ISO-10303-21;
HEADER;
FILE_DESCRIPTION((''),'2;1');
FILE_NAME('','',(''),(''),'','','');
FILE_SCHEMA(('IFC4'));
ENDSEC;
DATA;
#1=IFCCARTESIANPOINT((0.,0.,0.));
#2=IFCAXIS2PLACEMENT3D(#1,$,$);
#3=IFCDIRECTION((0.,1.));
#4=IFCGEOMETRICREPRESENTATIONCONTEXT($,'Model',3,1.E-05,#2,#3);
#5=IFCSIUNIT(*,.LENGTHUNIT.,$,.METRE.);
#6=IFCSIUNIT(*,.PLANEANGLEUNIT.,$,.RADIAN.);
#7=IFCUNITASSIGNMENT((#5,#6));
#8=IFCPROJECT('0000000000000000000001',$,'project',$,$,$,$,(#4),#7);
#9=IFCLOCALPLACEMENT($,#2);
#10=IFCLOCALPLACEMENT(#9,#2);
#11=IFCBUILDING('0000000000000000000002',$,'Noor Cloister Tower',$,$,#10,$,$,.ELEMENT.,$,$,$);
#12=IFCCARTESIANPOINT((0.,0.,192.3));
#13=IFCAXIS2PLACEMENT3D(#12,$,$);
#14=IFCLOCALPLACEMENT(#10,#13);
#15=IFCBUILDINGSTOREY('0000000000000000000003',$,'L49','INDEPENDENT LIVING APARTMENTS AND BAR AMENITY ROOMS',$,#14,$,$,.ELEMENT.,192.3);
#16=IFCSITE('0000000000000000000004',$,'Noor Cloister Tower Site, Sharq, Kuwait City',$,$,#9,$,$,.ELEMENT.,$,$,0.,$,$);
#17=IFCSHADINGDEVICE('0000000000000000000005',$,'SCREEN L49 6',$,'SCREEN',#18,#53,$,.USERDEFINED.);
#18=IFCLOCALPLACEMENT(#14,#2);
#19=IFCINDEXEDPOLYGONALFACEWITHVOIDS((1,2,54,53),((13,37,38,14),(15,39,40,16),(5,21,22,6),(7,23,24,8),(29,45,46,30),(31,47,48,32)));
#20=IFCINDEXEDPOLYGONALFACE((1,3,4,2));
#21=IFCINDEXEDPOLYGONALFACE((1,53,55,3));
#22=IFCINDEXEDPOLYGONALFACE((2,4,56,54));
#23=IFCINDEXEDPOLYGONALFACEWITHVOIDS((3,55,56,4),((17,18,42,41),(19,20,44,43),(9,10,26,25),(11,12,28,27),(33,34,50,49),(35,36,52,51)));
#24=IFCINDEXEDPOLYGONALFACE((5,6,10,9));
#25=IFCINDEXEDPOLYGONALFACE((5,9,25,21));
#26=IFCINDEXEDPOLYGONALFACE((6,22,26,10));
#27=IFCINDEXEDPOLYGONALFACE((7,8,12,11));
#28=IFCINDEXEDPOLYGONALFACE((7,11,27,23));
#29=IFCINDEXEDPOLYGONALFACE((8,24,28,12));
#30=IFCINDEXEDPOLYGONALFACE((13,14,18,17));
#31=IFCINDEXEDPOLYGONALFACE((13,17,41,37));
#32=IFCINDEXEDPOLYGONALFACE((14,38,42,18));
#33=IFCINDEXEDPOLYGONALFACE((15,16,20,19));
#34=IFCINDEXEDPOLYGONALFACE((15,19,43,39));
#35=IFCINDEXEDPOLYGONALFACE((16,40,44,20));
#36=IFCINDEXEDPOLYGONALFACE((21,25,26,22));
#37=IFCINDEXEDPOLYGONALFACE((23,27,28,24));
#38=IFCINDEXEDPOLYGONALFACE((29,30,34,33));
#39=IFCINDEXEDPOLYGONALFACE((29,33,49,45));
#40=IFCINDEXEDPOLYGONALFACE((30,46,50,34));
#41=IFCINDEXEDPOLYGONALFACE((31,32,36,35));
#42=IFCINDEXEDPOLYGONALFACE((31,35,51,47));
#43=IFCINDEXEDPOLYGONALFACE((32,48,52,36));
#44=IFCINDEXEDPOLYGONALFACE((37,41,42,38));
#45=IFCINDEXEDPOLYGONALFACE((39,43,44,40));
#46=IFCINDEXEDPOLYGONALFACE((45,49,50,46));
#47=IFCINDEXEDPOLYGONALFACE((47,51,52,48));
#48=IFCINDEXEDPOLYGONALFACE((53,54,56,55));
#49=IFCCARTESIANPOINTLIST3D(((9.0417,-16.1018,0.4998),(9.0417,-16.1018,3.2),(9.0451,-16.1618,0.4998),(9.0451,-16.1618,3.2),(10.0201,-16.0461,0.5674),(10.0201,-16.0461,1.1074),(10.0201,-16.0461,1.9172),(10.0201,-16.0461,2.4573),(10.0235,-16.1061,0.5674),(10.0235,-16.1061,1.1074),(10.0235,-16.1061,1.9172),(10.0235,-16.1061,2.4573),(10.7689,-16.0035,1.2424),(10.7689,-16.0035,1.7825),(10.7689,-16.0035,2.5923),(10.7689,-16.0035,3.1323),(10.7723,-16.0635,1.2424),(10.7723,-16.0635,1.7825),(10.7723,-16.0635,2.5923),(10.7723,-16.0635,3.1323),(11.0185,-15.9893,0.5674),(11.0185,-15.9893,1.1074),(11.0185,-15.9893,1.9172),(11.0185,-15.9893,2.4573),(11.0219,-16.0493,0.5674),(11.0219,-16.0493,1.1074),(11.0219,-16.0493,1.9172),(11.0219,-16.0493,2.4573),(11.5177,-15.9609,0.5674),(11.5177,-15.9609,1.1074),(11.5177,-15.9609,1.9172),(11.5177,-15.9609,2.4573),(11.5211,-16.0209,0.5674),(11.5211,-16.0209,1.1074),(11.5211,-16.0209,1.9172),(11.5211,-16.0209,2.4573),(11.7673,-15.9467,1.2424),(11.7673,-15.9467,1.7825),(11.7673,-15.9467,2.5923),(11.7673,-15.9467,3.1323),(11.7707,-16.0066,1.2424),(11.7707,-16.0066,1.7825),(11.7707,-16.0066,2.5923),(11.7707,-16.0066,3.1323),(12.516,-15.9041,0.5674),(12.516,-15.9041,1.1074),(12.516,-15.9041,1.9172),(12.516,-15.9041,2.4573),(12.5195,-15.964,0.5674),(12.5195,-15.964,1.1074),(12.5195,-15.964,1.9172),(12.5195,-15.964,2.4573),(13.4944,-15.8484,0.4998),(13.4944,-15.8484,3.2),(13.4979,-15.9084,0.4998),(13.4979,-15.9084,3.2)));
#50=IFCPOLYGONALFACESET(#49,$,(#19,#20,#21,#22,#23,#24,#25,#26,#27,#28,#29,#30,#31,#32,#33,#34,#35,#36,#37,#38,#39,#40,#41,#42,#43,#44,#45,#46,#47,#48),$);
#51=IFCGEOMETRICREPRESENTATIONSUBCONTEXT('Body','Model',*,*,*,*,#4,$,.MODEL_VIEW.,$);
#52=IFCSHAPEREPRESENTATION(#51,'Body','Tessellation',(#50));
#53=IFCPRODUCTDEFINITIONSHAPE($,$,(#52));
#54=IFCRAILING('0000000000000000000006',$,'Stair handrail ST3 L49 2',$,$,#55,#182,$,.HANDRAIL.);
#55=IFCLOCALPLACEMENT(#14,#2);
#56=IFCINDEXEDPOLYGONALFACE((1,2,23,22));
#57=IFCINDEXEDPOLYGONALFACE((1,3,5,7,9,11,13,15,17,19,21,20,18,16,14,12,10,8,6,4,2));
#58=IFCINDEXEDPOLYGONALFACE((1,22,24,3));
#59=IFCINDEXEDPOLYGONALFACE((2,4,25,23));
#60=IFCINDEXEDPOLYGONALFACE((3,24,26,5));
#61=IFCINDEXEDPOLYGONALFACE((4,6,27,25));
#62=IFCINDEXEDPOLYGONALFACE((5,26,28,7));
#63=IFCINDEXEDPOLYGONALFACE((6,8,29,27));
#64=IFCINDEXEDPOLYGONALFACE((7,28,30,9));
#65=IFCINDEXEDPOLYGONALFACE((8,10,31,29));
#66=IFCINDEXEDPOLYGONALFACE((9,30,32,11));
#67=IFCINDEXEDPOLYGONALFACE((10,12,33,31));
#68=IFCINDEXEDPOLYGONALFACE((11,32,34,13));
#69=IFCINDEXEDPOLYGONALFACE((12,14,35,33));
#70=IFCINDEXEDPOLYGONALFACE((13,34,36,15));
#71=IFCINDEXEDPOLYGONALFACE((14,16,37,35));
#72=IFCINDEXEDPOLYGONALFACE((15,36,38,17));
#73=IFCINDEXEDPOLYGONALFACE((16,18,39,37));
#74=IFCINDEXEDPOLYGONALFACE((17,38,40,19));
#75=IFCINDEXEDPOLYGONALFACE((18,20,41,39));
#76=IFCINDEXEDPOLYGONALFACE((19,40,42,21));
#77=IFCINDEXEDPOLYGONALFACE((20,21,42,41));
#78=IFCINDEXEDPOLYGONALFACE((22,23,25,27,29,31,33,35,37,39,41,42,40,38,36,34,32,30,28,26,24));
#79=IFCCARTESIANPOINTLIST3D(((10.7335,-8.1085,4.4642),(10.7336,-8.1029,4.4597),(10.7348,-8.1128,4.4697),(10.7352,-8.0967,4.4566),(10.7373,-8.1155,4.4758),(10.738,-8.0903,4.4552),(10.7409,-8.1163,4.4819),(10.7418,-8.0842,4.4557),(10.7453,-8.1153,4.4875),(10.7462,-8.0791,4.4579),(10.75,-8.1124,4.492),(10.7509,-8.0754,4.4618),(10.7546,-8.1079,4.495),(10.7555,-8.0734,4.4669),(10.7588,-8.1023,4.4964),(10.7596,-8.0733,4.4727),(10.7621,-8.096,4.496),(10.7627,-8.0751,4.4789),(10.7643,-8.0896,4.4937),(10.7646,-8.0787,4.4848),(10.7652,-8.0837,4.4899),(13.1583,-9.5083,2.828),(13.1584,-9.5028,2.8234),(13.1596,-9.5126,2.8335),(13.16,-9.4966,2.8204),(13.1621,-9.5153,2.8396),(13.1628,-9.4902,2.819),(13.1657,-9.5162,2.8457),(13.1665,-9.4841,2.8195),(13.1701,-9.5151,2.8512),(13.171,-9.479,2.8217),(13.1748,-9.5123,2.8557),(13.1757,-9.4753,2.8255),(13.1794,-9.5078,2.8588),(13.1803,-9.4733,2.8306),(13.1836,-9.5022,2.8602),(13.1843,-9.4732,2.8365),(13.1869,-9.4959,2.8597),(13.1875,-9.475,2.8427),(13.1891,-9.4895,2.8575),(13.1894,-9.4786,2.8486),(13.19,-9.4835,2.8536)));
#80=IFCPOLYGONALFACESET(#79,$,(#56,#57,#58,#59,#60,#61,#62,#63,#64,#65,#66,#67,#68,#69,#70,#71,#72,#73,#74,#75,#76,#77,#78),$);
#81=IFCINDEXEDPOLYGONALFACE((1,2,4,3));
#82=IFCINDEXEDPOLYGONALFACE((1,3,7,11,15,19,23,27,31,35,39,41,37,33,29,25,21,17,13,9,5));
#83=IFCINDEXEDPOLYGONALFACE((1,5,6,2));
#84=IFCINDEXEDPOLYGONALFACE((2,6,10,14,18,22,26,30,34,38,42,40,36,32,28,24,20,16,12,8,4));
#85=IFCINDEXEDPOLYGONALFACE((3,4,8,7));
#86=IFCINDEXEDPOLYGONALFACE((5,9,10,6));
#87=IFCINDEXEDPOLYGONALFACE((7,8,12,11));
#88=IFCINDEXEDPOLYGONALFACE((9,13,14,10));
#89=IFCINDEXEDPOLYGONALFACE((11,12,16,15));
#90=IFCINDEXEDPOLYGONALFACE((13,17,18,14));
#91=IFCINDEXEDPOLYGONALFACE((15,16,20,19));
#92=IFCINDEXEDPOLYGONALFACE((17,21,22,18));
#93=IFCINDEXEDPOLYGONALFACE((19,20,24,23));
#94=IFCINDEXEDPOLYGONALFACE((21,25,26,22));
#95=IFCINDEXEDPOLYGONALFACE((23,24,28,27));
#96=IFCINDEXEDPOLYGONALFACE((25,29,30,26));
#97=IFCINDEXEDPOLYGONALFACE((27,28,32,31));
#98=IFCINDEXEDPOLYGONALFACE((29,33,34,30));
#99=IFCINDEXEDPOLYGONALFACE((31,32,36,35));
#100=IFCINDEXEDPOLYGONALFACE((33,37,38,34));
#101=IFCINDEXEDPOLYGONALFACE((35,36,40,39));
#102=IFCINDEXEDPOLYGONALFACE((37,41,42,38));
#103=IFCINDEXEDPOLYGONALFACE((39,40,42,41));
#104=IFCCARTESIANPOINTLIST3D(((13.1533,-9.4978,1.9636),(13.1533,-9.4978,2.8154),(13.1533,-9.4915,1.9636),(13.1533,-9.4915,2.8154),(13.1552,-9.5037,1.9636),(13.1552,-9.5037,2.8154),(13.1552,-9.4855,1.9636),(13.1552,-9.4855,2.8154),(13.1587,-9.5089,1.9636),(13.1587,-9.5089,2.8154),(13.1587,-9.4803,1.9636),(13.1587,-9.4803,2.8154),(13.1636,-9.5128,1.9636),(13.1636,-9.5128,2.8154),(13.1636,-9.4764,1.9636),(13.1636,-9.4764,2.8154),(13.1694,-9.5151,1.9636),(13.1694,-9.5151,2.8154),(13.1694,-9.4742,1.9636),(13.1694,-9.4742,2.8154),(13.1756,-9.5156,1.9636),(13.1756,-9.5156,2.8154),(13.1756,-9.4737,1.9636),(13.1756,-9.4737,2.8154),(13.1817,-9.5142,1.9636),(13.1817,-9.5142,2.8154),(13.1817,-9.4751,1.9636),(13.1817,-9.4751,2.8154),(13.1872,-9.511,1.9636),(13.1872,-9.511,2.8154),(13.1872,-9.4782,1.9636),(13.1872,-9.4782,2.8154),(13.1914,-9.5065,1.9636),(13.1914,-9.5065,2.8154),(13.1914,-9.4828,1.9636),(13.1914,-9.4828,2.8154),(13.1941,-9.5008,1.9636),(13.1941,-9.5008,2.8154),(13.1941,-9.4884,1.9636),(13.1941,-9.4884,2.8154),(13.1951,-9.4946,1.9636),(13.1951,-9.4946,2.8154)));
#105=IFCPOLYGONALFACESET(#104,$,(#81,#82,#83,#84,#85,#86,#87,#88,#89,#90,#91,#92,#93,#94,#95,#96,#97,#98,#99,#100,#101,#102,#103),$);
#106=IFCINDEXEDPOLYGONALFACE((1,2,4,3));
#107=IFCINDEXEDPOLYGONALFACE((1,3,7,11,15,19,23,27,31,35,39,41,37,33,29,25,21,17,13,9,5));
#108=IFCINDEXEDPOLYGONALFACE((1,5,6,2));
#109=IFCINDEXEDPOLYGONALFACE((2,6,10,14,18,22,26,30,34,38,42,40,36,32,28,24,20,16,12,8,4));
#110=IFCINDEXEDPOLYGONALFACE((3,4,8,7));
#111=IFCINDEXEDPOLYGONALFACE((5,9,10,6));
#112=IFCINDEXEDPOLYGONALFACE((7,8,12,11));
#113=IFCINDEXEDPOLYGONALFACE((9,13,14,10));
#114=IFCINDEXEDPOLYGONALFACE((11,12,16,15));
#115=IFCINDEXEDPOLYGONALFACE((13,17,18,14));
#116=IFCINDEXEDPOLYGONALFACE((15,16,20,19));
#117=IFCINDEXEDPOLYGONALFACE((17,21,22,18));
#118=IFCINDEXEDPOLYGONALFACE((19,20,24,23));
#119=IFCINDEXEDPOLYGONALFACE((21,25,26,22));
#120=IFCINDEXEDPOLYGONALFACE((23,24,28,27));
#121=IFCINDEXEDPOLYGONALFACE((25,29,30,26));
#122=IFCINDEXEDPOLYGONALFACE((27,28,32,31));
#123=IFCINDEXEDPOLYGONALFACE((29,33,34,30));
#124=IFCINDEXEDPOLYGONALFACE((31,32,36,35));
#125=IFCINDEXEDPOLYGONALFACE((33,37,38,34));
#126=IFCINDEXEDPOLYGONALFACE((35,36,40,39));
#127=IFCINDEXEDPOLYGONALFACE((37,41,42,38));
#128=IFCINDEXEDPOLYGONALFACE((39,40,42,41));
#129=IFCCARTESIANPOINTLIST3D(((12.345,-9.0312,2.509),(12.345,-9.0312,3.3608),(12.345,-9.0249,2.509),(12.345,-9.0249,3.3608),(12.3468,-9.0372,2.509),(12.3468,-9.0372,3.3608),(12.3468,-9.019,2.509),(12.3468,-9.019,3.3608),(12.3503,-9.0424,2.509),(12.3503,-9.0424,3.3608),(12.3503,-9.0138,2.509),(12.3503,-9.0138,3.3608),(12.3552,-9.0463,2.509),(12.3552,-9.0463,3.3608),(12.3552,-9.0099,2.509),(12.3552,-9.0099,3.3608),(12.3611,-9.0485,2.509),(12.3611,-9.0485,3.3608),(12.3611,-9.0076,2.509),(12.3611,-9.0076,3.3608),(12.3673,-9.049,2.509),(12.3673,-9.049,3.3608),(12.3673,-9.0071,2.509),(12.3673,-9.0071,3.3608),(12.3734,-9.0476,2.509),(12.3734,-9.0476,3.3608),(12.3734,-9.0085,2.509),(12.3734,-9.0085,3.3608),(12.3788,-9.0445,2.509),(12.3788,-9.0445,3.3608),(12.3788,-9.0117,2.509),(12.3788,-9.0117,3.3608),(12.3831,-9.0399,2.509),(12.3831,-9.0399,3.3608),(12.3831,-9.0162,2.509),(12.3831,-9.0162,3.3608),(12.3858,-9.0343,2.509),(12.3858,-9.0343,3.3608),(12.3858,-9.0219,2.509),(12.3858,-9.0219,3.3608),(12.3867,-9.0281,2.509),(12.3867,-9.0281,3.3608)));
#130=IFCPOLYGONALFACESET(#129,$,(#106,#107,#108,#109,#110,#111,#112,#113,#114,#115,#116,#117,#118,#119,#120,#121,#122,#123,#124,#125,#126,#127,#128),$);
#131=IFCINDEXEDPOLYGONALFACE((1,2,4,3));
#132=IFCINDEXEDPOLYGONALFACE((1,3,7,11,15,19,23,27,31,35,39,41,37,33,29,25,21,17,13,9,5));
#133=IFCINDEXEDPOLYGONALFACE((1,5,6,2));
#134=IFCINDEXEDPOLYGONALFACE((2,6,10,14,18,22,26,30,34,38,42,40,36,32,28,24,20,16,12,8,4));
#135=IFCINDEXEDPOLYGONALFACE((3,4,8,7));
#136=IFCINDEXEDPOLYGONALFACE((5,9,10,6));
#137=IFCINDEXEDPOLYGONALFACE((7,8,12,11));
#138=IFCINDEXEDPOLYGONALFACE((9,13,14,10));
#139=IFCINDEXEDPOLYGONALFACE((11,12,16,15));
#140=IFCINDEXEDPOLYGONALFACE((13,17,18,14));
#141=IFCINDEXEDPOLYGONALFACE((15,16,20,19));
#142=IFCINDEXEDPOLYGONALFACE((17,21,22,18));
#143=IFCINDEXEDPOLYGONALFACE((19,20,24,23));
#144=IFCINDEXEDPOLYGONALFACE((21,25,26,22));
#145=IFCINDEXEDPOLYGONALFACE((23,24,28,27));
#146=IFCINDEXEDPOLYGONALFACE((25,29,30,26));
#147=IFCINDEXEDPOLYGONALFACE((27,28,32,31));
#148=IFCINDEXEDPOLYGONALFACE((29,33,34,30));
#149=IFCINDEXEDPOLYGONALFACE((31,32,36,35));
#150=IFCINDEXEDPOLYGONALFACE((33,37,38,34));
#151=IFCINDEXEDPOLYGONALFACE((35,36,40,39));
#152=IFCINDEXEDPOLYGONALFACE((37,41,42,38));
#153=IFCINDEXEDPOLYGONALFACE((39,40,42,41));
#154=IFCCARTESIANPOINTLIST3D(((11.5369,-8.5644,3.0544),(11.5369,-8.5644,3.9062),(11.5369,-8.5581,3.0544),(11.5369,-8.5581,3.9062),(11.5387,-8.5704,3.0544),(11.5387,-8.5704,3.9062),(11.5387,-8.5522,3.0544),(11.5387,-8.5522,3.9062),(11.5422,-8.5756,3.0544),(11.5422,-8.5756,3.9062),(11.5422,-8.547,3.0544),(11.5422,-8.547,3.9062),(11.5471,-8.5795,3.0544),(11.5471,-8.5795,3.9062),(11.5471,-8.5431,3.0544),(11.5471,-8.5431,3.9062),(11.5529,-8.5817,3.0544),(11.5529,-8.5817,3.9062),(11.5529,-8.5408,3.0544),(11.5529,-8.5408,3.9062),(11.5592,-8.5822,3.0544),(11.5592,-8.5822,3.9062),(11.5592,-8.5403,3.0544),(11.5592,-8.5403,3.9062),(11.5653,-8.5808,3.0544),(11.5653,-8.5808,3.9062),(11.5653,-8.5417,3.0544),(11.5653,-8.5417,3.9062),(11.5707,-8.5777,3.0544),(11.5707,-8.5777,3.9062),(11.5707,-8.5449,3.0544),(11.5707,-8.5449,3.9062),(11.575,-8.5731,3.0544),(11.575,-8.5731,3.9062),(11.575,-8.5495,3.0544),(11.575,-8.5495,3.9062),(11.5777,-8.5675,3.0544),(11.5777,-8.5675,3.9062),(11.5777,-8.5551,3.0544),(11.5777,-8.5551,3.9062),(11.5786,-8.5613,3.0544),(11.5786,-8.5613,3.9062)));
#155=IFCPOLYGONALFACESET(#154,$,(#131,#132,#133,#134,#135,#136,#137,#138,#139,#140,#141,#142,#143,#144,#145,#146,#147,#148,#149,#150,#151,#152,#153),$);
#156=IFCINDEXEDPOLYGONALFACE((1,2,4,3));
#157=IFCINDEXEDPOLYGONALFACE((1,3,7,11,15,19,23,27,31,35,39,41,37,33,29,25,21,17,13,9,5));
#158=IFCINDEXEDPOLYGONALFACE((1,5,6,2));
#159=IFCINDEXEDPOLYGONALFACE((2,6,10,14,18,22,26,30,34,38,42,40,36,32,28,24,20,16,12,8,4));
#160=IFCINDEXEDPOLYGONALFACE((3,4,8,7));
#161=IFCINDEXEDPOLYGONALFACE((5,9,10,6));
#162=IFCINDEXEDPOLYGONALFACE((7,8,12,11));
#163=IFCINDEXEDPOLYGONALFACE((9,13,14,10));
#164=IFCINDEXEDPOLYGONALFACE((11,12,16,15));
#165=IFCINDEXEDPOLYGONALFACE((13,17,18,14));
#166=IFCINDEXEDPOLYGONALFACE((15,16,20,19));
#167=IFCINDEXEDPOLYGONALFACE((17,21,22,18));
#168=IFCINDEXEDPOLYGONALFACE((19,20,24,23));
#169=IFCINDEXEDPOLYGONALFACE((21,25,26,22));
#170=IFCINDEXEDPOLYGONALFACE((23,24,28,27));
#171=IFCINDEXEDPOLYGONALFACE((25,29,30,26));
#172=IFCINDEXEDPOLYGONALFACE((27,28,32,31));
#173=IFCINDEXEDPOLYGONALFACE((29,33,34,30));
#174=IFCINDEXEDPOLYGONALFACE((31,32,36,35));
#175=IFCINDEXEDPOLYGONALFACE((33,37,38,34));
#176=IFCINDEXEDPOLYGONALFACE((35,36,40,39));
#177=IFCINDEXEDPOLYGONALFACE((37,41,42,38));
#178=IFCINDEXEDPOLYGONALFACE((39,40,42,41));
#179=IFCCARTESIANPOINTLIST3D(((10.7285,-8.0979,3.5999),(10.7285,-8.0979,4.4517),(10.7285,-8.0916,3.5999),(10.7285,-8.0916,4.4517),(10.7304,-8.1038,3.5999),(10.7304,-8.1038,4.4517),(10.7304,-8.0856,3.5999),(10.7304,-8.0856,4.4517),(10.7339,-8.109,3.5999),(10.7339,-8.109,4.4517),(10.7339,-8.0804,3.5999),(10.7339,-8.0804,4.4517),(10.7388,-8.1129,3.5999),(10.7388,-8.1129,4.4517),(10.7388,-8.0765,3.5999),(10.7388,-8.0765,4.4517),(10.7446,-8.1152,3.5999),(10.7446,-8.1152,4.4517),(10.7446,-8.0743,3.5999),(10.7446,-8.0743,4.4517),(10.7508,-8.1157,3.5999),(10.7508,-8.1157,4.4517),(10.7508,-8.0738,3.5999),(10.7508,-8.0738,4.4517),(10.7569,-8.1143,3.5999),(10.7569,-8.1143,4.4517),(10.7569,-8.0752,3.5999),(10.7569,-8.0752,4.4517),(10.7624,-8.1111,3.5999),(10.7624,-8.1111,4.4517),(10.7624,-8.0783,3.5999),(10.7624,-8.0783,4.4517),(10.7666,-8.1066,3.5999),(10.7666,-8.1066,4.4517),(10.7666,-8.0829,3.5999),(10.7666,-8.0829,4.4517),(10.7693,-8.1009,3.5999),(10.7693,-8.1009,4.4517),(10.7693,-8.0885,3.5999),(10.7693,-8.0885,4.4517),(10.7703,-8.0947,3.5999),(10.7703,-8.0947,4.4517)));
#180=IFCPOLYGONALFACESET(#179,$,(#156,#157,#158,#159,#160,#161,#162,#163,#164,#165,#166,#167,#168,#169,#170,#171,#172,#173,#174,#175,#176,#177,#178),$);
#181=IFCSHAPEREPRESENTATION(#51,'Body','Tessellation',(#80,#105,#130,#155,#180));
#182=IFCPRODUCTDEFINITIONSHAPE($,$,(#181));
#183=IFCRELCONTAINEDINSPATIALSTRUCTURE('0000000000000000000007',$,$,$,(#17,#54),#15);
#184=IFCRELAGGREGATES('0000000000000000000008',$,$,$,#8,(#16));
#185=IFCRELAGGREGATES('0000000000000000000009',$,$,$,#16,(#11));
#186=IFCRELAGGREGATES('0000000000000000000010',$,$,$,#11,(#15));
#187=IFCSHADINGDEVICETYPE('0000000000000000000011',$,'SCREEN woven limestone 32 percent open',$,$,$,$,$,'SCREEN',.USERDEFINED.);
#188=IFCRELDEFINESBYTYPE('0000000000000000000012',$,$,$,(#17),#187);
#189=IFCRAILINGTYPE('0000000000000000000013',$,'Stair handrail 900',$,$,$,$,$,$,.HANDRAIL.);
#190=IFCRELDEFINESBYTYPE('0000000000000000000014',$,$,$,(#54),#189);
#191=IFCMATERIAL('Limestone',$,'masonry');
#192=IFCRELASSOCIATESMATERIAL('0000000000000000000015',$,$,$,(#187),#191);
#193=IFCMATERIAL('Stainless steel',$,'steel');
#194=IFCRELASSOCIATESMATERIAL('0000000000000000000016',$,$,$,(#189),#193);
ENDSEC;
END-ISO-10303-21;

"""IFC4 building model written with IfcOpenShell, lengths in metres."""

from ifc_helpers import new_model, si_unit, direction, frame, origin, origin_2d, place, context, subcontext, project, spatial, polyline, circle, outline, extrude, material, material_profile, profile_set, type_object, element, save


model = new_model("IFC4")

# Units and contexts
model_context = context("Model", 3, precision=1e-05, world=origin(), true_north=direction((0.0, 1.0)))
body_context = subcontext(model_context, "Body", "Model", "MODEL_VIEW")
ifc_project = project(units=[si_unit("LENGTHUNIT", "METRE"), si_unit("PLANEANGLEUNIT", "RADIAN")], contexts=[model_context])

# Site, building, storey
site_placement = place(None, origin())
site = spatial("IfcSite", under=ifc_project, at=site_placement, Name="Noor Cloister Tower Site, Sharq, Kuwait City", CompositionType="ELEMENT", RefElevation=0.0)
building_placement = place(site_placement, origin())
building = spatial("IfcBuilding", under=site, at=building_placement, Name="Noor Cloister Tower", CompositionType="ELEMENT")
storey_placement = place(building_placement, frame((0.0, 0.0, 192.3)))
storey = spatial("IfcBuildingStorey", under=building, at=storey_placement, Name="L49", Description="INDEPENDENT LIVING APARTMENTS AND BAR AMENITY ROOMS", CompositionType="ELEMENT", Elevation=192.3)

# Shading device
ifc_material_1 = material(Name="Limestone", Category="masonry")
ifc_material_profile_1 = material_profile(ifc_material_1, outline(polyline([(-2.23, -1.3501), (2.23, -1.3501), (2.23, 1.3501), (-2.23, 1.3501), (-2.23, -1.3501)]), holes=[polyline([(-1.25, -1.2825), (-0.25, -1.2825), (-0.25, -0.7424), (-1.25, -0.7424), (-1.25, -1.2825)]), polyline([(0.25, -1.2825), (1.25, -1.2825), (1.25, -0.7424), (0.25, -0.7424), (0.25, -1.2825)]), polyline([(-0.5, -0.6074), (0.5, -0.6074), (0.5, -0.0674), (-0.5, -0.0674), (-0.5, -0.6074)]), polyline([(-1.25, 0.0674), (-0.25, 0.0674), (-0.25, 0.6074), (-1.25, 0.6074), (-1.25, 0.0674)]), polyline([(0.25, 0.0674), (1.25, 0.0674), (1.25, 0.6074), (0.25, 0.6074), (0.25, 0.0674)]), polyline([(-0.5, 0.7424), (0.5, 0.7424), (0.5, 1.2825), (-0.5, 1.2825), (-0.5, 0.7424)])]), Name="Woven screen 32 percent open")
ifc_profile_set_1 = profile_set([ifc_material_profile_1], Name="Limestone")
shading_device_type = type_object("IfcShadingDeviceType", Name="SCREEN woven limestone 32 percent open", ElementType="SCREEN", PredefinedType="USERDEFINED", material=ifc_profile_set_1)
shading_device_placement = place(storey_placement, frame((11.2681, -15.9751, 1.8499), z_axis=(0.056819, -0.998385, 0.0), x_axis=(0.998385, 0.056819, 0.0)))
element("IfcShadingDevice", 1, at=shading_device_placement, inside=storey, type_object=shading_device_type, Name="SCREEN L49 6", ObjectType="SCREEN", PredefinedType="USERDEFINED", context=body_context, shape_type="SweptSolid", body=[
    extrude(outline(polyline([(-2.23, -1.3501), (2.23, -1.3501), (2.23, 1.3501), (-2.23, 1.3501), (-2.23, -1.3501)]), holes=[polyline([(-1.25, -1.2825), (-0.25, -1.2825), (-0.25, -0.7424), (-1.25, -0.7424), (-1.25, -1.2825)]), polyline([(0.25, -1.2825), (1.25, -1.2825), (1.25, -0.7424), (0.25, -0.7424), (0.25, -1.2825)]), polyline([(-0.5, -0.6074), (0.5, -0.6074), (0.5, -0.0674), (-0.5, -0.0674), (-0.5, -0.6074)]), polyline([(-1.25, 0.0674), (-0.25, 0.0674), (-0.25, 0.6074), (-1.25, 0.6074), (-1.25, 0.0674)]), polyline([(0.25, 0.0674), (1.25, 0.0674), (1.25, 0.6074), (0.25, 0.6074), (0.25, 0.0674)]), polyline([(-0.5, 0.7424), (0.5, 0.7424), (0.5, 1.2825), (-0.5, 1.2825), (-0.5, 0.7424)])]), origin(), (0.0, 0.0, 1.0), 0.0601),
])

# Railing
ifc_material_2 = material(Name="Stainless steel", Category="steel")
railing_type_1 = type_object("IfcRailingType", Name="Stair handrail 900", PredefinedType="HANDRAIL", material=ifc_material_2)
railing_1_placement = place(storey_placement, frame((13.1741, -9.4946, 1.9636)))
element("IfcRailing", 2, at=railing_1_placement, inside=storey, type_object=railing_type_1, Name="Stair handrail ST3 L49 2", PredefinedType="HANDRAIL", context=body_context, shape_type="SweptSolid", body=[
    extrude(circle(Radius=0.0239, at=origin_2d()), frame((0.0, 0.0, 0.876), z_axis=(-0.747718, 0.431677, 0.504552), x_axis=(-0.499984, -0.866035, 0.0)), (0.0, 0.0, 1.0), 3.2429),
    extrude(circle(Radius=0.021, at=origin_2d()), origin(), (0.0, 0.0, 1.0), 0.8518),
    extrude(circle(Radius=0.021, at=origin_2d()), frame((-0.8083, 0.4666, 0.5454)), (0.0, 0.0, 1.0), 0.8518),
    extrude(circle(Radius=0.021, at=origin_2d()), frame((-1.6165, 0.9333, 1.0908)), (0.0, 0.0, 1.0), 0.8518),
    extrude(circle(Radius=0.021, at=origin_2d()), frame((-2.4248, 1.3999, 1.6362)), (0.0, 0.0, 1.0), 0.8518),
])

save(model, "model.ifc")
